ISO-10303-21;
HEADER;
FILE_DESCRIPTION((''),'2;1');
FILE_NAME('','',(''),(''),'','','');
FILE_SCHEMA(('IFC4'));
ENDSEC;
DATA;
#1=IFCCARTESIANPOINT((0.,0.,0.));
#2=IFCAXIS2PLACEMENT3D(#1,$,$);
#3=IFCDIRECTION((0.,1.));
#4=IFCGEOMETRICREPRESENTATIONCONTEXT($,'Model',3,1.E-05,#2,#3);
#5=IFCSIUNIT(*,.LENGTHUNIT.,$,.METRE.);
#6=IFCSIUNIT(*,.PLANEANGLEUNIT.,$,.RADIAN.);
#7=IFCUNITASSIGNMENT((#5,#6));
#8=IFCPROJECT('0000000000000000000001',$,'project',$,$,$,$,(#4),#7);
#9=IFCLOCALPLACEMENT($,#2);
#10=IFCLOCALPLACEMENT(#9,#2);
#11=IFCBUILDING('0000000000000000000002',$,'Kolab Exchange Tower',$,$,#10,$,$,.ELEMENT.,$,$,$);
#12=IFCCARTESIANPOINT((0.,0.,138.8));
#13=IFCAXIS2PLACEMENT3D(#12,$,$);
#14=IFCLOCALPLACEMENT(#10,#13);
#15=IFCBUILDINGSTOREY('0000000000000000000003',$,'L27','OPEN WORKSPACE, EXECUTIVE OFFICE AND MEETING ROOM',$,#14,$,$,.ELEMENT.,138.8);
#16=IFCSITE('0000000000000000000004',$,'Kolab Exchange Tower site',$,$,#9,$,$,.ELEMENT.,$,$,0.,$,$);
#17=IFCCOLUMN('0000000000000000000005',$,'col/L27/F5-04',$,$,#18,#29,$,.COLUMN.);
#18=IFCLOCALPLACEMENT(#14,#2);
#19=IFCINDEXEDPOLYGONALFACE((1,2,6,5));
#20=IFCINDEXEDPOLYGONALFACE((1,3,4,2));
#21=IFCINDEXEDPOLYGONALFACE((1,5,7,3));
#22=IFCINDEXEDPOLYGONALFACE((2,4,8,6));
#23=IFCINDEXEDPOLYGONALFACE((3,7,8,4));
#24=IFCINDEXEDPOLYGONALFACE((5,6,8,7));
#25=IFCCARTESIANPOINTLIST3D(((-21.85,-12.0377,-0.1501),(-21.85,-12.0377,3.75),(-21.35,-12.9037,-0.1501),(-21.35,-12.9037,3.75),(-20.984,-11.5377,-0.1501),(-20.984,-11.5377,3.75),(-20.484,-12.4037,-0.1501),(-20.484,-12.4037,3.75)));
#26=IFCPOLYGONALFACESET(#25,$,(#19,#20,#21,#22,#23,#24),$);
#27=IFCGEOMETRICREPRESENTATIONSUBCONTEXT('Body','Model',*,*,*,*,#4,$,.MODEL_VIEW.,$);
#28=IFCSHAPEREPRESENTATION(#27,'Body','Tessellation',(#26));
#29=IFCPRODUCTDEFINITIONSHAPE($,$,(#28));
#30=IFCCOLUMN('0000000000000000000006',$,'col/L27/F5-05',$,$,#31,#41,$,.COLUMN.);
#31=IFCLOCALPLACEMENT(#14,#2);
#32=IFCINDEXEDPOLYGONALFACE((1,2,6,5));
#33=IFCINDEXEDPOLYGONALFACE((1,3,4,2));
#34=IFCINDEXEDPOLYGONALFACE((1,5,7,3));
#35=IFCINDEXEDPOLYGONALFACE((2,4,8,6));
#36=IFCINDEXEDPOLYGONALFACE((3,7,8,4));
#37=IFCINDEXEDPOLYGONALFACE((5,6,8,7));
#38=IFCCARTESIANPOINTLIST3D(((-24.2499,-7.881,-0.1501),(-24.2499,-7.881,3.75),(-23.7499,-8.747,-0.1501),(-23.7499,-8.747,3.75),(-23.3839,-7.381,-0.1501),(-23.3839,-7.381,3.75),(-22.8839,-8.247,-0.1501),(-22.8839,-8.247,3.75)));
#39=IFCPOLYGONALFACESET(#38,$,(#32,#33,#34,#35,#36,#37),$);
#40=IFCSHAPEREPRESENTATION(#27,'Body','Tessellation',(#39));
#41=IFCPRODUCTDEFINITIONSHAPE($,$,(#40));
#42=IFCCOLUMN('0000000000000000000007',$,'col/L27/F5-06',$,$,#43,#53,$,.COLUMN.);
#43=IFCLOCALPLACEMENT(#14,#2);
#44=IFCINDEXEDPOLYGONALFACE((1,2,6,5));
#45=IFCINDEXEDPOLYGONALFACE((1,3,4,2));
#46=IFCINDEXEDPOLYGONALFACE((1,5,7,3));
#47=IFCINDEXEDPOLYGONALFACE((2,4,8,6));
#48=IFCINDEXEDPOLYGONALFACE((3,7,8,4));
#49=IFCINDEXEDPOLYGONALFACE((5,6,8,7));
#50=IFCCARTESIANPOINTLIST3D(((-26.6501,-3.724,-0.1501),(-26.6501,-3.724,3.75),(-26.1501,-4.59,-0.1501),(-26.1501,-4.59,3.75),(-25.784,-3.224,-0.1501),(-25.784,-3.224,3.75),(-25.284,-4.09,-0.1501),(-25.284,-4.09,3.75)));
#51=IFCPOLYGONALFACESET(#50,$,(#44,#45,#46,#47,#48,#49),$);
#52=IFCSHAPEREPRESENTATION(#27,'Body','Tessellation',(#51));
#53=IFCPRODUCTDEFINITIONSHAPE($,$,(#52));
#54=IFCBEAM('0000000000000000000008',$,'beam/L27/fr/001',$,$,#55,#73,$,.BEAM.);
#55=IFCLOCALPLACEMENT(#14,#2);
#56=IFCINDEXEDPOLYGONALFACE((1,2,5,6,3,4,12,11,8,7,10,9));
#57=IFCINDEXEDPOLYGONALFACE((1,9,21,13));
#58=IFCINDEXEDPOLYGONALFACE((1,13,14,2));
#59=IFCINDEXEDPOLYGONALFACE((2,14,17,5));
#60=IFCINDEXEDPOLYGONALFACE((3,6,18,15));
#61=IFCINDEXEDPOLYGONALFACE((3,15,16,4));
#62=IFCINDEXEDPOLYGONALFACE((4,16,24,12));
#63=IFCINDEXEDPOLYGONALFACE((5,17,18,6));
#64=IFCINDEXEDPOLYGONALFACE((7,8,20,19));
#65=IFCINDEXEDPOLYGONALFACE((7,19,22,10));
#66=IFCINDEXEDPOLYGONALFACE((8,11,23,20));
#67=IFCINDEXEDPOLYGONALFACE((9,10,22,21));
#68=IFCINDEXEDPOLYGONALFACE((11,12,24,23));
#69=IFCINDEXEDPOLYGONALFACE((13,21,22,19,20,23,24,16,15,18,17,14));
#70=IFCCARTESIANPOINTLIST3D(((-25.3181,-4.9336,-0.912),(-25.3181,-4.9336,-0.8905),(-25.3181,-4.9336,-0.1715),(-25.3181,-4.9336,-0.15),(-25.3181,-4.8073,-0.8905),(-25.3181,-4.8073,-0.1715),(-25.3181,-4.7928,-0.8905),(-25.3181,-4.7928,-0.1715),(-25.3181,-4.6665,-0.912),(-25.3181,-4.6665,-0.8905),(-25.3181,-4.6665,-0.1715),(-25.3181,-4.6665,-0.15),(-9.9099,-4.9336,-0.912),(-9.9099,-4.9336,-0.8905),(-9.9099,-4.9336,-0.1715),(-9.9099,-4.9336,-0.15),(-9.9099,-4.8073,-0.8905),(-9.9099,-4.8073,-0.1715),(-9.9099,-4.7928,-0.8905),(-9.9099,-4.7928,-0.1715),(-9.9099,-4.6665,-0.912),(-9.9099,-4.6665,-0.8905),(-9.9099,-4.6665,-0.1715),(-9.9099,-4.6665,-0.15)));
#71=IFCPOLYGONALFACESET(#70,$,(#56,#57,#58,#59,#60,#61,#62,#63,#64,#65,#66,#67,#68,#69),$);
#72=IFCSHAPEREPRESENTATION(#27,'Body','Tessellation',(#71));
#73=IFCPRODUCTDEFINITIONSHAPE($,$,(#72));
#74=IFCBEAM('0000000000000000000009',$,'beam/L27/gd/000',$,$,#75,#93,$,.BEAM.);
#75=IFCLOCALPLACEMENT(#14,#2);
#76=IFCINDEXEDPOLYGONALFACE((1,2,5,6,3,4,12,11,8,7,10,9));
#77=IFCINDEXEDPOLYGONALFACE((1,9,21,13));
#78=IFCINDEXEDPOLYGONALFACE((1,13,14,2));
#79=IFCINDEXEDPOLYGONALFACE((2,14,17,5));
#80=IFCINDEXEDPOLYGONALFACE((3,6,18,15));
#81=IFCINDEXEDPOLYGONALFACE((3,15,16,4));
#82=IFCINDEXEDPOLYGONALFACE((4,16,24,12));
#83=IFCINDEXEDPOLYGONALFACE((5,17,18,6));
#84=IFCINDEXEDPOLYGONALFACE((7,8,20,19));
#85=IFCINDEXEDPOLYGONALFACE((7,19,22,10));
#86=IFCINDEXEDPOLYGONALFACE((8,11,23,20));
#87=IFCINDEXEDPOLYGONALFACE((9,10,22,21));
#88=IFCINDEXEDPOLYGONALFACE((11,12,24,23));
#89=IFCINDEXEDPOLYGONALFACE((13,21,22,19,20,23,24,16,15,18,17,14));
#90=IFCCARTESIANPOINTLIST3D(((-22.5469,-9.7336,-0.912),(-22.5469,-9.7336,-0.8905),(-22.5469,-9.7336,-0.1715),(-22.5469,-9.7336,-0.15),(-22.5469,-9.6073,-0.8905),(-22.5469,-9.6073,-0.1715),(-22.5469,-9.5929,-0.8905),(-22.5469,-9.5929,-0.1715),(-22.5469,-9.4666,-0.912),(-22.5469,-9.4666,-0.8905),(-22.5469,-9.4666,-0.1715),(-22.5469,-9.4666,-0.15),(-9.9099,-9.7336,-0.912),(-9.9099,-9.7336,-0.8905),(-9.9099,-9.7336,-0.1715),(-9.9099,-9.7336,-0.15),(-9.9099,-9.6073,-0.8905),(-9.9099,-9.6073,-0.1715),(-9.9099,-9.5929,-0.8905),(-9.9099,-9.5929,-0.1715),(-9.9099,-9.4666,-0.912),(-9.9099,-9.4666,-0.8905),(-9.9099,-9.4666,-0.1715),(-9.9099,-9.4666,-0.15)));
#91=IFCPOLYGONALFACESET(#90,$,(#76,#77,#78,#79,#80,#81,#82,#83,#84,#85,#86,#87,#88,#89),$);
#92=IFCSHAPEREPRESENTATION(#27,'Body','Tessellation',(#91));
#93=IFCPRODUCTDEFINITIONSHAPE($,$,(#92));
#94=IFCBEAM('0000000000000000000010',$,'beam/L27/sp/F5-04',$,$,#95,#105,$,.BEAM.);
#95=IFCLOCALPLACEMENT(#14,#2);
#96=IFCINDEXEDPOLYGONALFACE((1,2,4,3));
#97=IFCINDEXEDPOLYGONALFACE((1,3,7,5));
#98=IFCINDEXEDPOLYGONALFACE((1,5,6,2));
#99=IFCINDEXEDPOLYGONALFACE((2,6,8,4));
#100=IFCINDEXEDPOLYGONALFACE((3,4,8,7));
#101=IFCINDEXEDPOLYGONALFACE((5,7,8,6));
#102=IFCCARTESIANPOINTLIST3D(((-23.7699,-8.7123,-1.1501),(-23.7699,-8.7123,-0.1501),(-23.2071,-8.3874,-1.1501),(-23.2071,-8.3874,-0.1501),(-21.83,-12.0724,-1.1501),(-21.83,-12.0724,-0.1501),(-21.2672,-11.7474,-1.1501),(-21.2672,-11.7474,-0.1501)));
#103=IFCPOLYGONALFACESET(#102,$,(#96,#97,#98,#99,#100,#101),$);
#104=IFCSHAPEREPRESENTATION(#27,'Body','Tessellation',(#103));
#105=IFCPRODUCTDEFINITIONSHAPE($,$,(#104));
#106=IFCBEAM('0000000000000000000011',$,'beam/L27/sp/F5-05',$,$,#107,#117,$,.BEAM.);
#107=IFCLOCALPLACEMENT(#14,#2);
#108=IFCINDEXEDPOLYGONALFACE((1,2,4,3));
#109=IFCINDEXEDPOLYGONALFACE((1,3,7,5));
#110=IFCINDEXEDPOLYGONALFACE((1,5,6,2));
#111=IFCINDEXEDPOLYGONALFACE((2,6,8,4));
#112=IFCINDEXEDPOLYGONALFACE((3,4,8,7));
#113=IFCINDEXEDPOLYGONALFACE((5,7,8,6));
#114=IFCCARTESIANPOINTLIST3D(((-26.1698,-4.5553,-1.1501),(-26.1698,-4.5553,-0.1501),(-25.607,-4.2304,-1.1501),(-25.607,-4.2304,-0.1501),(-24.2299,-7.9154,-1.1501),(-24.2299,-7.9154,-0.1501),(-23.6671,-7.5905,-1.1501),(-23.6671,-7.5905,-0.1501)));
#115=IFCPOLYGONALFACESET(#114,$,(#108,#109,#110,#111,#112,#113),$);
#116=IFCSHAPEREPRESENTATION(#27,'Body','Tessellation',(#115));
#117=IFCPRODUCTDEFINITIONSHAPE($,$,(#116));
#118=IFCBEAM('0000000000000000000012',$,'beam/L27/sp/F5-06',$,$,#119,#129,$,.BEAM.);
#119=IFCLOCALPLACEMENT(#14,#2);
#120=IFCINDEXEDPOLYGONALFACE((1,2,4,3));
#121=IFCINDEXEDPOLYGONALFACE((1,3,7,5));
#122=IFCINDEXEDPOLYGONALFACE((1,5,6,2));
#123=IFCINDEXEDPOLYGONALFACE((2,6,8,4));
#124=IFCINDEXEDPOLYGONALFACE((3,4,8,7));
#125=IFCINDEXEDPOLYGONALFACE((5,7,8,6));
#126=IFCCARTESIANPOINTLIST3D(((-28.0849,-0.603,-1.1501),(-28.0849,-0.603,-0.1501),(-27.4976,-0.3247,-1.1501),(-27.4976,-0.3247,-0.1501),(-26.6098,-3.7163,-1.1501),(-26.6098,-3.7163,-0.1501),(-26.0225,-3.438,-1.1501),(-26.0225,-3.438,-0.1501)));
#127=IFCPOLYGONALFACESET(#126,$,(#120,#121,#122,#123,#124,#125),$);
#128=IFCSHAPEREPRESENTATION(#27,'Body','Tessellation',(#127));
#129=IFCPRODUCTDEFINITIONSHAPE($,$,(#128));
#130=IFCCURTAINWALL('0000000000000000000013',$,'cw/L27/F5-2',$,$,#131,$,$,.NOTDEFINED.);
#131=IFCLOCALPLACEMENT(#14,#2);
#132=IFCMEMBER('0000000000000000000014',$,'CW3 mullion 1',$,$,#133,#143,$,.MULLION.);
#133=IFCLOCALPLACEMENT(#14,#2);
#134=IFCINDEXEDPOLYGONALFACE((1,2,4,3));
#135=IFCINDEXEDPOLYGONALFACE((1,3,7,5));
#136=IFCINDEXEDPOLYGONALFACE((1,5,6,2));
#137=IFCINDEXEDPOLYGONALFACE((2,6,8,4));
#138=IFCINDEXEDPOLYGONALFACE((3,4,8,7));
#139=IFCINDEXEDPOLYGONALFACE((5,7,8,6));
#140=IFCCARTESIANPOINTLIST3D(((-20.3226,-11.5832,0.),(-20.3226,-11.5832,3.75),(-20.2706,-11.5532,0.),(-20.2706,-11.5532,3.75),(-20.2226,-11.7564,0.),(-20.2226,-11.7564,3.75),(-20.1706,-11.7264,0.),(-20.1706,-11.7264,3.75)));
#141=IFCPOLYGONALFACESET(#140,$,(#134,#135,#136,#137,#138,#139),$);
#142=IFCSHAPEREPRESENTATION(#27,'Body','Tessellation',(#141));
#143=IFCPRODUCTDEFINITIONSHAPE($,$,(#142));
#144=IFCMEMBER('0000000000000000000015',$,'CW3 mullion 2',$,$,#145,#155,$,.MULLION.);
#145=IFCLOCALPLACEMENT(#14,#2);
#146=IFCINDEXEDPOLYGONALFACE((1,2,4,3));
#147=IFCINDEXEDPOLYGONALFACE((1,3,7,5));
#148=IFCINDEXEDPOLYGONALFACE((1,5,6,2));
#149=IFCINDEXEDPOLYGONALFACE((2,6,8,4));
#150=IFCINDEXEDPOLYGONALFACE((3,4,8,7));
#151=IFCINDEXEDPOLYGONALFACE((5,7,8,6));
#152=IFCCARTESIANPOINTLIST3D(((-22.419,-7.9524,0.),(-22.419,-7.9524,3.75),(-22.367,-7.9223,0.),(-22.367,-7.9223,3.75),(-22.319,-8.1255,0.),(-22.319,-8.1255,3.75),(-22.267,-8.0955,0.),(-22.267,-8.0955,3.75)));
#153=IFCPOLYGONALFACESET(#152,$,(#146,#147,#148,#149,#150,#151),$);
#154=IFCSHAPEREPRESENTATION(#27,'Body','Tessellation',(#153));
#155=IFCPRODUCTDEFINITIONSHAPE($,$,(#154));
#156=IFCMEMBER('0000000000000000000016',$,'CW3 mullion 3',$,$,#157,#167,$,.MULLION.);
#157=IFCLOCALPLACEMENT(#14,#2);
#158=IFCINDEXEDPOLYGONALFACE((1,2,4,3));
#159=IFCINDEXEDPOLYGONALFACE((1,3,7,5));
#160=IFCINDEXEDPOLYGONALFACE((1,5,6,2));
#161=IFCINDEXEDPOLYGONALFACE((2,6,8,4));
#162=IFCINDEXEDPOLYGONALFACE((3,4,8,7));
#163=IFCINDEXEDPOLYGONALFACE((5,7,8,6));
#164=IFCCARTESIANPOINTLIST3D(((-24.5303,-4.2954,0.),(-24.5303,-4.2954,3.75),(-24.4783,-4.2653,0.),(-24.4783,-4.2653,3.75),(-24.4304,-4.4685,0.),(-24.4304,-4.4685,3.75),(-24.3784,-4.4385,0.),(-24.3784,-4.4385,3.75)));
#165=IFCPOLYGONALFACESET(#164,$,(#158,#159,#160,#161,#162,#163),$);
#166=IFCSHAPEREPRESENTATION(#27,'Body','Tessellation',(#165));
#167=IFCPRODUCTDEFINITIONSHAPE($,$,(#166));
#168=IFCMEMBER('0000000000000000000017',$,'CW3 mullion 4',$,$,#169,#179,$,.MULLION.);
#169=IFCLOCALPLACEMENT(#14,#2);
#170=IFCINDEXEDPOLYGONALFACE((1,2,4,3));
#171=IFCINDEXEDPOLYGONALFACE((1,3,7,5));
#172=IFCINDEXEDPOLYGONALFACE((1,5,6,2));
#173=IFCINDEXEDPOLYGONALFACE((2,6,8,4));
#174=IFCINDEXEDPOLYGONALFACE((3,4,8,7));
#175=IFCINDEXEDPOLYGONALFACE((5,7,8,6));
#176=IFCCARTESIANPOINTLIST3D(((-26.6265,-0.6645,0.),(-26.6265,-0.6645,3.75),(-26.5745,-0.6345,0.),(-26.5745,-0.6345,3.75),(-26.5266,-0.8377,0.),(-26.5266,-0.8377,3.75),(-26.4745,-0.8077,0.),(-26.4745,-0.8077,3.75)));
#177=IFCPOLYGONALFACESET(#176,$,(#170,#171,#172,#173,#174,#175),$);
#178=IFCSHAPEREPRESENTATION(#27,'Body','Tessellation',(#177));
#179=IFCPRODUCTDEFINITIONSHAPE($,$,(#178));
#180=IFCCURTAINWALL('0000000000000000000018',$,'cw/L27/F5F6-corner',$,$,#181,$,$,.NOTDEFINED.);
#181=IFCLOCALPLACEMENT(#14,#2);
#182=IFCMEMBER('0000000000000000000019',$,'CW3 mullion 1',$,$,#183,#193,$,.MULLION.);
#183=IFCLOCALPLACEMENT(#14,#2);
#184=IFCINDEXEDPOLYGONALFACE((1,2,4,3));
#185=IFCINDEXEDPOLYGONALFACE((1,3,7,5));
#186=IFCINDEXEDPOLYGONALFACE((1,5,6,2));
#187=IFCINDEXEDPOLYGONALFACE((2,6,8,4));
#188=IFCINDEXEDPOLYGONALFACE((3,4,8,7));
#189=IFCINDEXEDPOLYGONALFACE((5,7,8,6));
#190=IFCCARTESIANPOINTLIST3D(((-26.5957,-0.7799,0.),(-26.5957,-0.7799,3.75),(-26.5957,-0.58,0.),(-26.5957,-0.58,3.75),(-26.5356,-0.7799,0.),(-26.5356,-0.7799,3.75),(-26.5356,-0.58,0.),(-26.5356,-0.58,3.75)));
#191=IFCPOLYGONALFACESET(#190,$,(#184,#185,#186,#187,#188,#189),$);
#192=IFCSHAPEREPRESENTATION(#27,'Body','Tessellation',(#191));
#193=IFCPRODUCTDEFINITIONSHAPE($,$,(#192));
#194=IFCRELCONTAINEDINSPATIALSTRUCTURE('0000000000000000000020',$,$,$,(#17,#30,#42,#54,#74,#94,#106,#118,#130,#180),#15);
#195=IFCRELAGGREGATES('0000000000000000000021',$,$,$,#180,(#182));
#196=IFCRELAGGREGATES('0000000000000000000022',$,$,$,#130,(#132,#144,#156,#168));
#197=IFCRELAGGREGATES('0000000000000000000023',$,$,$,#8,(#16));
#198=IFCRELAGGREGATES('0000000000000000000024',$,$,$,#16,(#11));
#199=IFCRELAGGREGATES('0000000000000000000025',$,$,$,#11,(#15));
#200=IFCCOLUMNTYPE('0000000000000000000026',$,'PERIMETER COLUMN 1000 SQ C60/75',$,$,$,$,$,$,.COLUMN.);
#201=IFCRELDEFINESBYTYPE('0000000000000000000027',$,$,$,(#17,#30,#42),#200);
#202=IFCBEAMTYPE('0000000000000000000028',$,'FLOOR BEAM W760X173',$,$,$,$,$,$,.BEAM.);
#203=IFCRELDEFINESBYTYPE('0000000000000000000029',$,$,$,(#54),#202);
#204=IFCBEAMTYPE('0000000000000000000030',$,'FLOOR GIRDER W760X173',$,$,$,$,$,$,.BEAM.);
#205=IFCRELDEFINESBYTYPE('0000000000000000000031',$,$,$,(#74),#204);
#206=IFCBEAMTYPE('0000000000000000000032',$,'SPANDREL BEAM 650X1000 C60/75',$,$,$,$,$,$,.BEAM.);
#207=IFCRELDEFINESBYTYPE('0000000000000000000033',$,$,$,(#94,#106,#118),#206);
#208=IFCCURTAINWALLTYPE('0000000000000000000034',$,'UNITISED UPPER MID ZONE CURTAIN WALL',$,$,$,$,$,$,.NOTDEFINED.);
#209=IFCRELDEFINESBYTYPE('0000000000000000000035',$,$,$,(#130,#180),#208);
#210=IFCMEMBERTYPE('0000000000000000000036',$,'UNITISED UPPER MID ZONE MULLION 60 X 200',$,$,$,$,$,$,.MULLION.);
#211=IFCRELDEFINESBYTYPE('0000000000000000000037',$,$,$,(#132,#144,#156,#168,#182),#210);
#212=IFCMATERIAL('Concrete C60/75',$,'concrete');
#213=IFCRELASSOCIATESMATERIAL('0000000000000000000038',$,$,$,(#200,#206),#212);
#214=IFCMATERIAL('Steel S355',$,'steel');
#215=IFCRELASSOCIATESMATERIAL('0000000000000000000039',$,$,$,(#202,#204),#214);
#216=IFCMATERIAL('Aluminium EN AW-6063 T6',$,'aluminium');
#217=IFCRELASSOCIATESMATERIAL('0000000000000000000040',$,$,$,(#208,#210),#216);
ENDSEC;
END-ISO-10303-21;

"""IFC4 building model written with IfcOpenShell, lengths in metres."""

from ifc_helpers import new_model, si_unit, direction, frame, origin, origin_2d, place, context, subcontext, project, spatial, rectangle, i_section, extrude, material, material_profile, profile_set, type_object, element, aggregate, save


model = new_model("IFC4")

# Units and contexts
model_context = context("Model", 3, precision=1e-05, world=origin(), true_north=direction((0.0, 1.0)))
body_context = subcontext(model_context, "Body", "Model", "MODEL_VIEW")
ifc_project = project(units=[si_unit("LENGTHUNIT", "METRE"), si_unit("PLANEANGLEUNIT", "RADIAN")], contexts=[model_context])

# Site, building, storey
site_placement = place(None, origin())
site = spatial("IfcSite", under=ifc_project, at=site_placement, Name="Kolab Exchange Tower site", CompositionType="ELEMENT", RefElevation=0.0)
building_placement = place(site_placement, origin())
building = spatial("IfcBuilding", under=site, at=building_placement, Name="Kolab Exchange Tower", CompositionType="ELEMENT")
storey_placement = place(building_placement, frame((0.0, 0.0, 138.8)))
storey = spatial("IfcBuildingStorey", under=building, at=storey_placement, Name="L27", Description="OPEN WORKSPACE, EXECUTIVE OFFICE AND MEETING ROOM", CompositionType="ELEMENT", Elevation=138.8)

# Columns
ifc_material_1 = material(Name="Concrete C60/75", Category="concrete")
ifc_material_profile_1 = material_profile(ifc_material_1, rectangle(XDim=1.0, YDim=1.0, at=origin_2d()), Name="RC1000")
ifc_profile_set_1 = profile_set([ifc_material_profile_1], Name="Concrete C60/75")
column_type = type_object("IfcColumnType", Name="PERIMETER COLUMN 1000 SQ C60/75", PredefinedType="COLUMN", material=ifc_profile_set_1)
for number, where, z_axis, x_axis, name in (
    (1, (-21.167, -12.2207, -0.1501), (0.0, 0.0, 1.0), (0.866025, 0.5, 0.0), "col/L27/F5-04"),
    (2, (-23.5669, -8.064, -0.1501), (0.0, 0.0, 1.0), (0.866025, 0.5, 0.0), "col/L27/F5-05"),
    (3, (-25.967, -3.907, -0.1501), (0.0, 0.0, 1.0), (0.866025, 0.5, 0.0), "col/L27/F5-06"),
):
    element("IfcColumn", number, at=place(storey_placement, frame(where, z_axis=z_axis, x_axis=x_axis)), inside=storey, type_object=column_type, Name=name, PredefinedType="COLUMN", context=body_context, shape_type="SweptSolid", body=[
        extrude(rectangle(XDim=1.0, YDim=1.0, at=origin_2d()), origin(), (0.0, 0.0, 1.0), 3.9001),
    ])

# Beams
ifc_material_2 = material(Name="Steel S355", Category="steel")
ifc_material_profile_2 = material_profile(ifc_material_2, i_section(OverallWidth=0.2671, OverallDepth=0.762, WebThickness=0.0144, FlangeThickness=0.0215, at=origin_2d()), Name="W760X173")
ifc_profile_set_2 = profile_set([ifc_material_profile_2], Name="Steel S355")
beam_type_1 = type_object("IfcBeamType", Name="FLOOR BEAM W760X173", PredefinedType="BEAM", material=ifc_profile_set_2)
beam_1_placement = place(storey_placement, frame((-25.3181, -4.8, -0.531), z_axis=(1.0, 0.0, 0.0), x_axis=(0.0, 1.0, 0.0)))
element("IfcBeam", 4, at=beam_1_placement, inside=storey, type_object=beam_type_1, Name="beam/L27/fr/001", PredefinedType="BEAM", context=body_context, shape_type="SweptSolid", body=[
    extrude(i_section(OverallWidth=0.2671, OverallDepth=0.762, WebThickness=0.0144, FlangeThickness=0.0215, at=origin_2d()), origin(), (0.0, 0.0, 1.0), 15.4082),
])
ifc_material_profile_3 = material_profile(ifc_material_2, i_section(OverallWidth=0.2671, OverallDepth=0.762, WebThickness=0.0144, FlangeThickness=0.0215, at=origin_2d()), Name="W760X173")
ifc_profile_set_3 = profile_set([ifc_material_profile_3], Name="Steel S355")
beam_type_2 = type_object("IfcBeamType", Name="FLOOR GIRDER W760X173", PredefinedType="BEAM", material=ifc_profile_set_3)
beam_2_placement = place(storey_placement, frame((-22.5469, -9.6001, -0.531), z_axis=(1.0, 0.0, 0.0), x_axis=(0.0, 1.0, 0.0)))
element("IfcBeam", 5, at=beam_2_placement, inside=storey, type_object=beam_type_2, Name="beam/L27/gd/000", PredefinedType="BEAM", context=body_context, shape_type="SweptSolid", body=[
    extrude(i_section(OverallWidth=0.2671, OverallDepth=0.762, WebThickness=0.0144, FlangeThickness=0.0215, at=origin_2d()), origin(), (0.0, 0.0, 1.0), 12.637),
])
ifc_material_profile_4 = material_profile(ifc_material_1, rectangle(XDim=0.6499, YDim=1.0, at=origin_2d()), Name="RC650X1000")
ifc_profile_set_4 = profile_set([ifc_material_profile_4], Name="Concrete C60/75")
beam_type_3 = type_object("IfcBeamType", Name="SPANDREL BEAM 650X1000 C60/75", PredefinedType="BEAM", material=ifc_profile_set_4)
for number, where, z_axis, x_axis, name in (
    (6, (-21.5486, -11.9099, -0.6501), (-0.499997, 0.866027, 0.0), (-0.866027, -0.499997, 0.0), "beam/L27/sp/F5-04"),
    (7, (-23.9485, -7.7529, -0.6501), (-0.499997, 0.866027, 0.0), (-0.866027, -0.499997, 0.0), "beam/L27/sp/F5-05"),
):
    element("IfcBeam", number, at=place(storey_placement, frame(where, z_axis=z_axis, x_axis=x_axis)), inside=storey, type_object=beam_type_3, Name=name, PredefinedType="BEAM", context=body_context, shape_type="SweptSolid", body=[
        extrude(rectangle(XDim=0.6499, YDim=1.0, at=origin_2d()), origin(), (0.0, 0.0, 1.0), 3.8799),
    ])
beam_3_placement = place(storey_placement, frame((-26.3162, -3.5771, -0.6501), z_axis=(-0.428178, 0.903695, 0.0), x_axis=(-0.903695, -0.428178, 0.0)))
element("IfcBeam", 8, at=beam_3_placement, inside=storey, type_object=beam_type_3, Name="beam/L27/sp/F5-06", PredefinedType="BEAM", context=body_context, shape_type="SweptSolid", body=[
    extrude(rectangle(XDim=0.6499, YDim=1.0, at=origin_2d()), origin(), (0.0, 0.0, 1.0), 3.4451),
])

# Curtain wall, members
ifc_material_3 = material(Name="Aluminium EN AW-6063 T6", Category="aluminium")
curtain_wall_type = type_object("IfcCurtainWallType", Name="UNITISED UPPER MID ZONE CURTAIN WALL", PredefinedType="NOTDEFINED", material=ifc_material_3)
curtain_wall_1_placement = place(storey_placement, origin())
curtain_wall_1 = element("IfcCurtainWall", 9, at=curtain_wall_1_placement, inside=storey, type_object=curtain_wall_type, Name="cw/L27/F5-2", PredefinedType="NOTDEFINED")
ifc_material_profile_5 = material_profile(ifc_material_3, rectangle(XDim=0.0601, YDim=0.2, at=origin_2d()), Name="RECT 60X200")
ifc_profile_set_5 = profile_set([ifc_material_profile_5], Name="Aluminium EN AW-6063 T6")
member_type_1 = type_object("IfcMemberType", Name="UNITISED UPPER MID ZONE MULLION 60 X 200", PredefinedType="MULLION", material=ifc_profile_set_5)
member_1_placement = place(storey_placement, frame((-20.2466, -11.6548, 0.0), z_axis=(0.0, 0.0, 1.0), x_axis=(-0.866025, -0.5, 0.0)))
member_1 = element("IfcMember", 10, at=member_1_placement, type_object=member_type_1, Name="CW3 mullion 1", PredefinedType="MULLION", context=body_context, shape_type="SweptSolid", body=[
    extrude(rectangle(XDim=0.0601, YDim=0.2, at=origin_2d()), origin(), (0.0, 0.0, 1.0), 3.75),
])
member_2_placement = place(storey_placement, frame((-22.343, -8.0239, 0.0), z_axis=(0.0, 0.0, 1.0), x_axis=(-0.866025, -0.5, 0.0)))
member_2 = element("IfcMember", 11, at=member_2_placement, type_object=member_type_1, Name="CW3 mullion 2", PredefinedType="MULLION", context=body_context, shape_type="SweptSolid", body=[
    extrude(rectangle(XDim=0.0601, YDim=0.2, at=origin_2d()), origin(), (0.0, 0.0, 1.0), 3.75),
])
member_3_placement = place(storey_placement, frame((-24.4543, -4.3669, 0.0), z_axis=(0.0, 0.0, 1.0), x_axis=(-0.866025, -0.5, 0.0)))
member_3 = element("IfcMember", 12, at=member_3_placement, type_object=member_type_1, Name="CW3 mullion 3", PredefinedType="MULLION", context=body_context, shape_type="SweptSolid", body=[
    extrude(rectangle(XDim=0.0601, YDim=0.2, at=origin_2d()), origin(), (0.0, 0.0, 1.0), 3.75),
])
member_4_placement = place(storey_placement, frame((-26.5505, -0.7361, 0.0), z_axis=(0.0, 0.0, 1.0), x_axis=(-0.866025, -0.5, 0.0)))
member_4 = element("IfcMember", 13, at=member_4_placement, type_object=member_type_1, Name="CW3 mullion 4", PredefinedType="MULLION", context=body_context, shape_type="SweptSolid", body=[
    extrude(rectangle(XDim=0.0601, YDim=0.2, at=origin_2d()), origin(), (0.0, 0.0, 1.0), 3.75),
])

# Curtain wall, member
curtain_wall_2_placement = place(storey_placement, origin())
curtain_wall_2 = element("IfcCurtainWall", 14, at=curtain_wall_2_placement, inside=storey, type_object=curtain_wall_type, Name="cw/L27/F5F6-corner", PredefinedType="NOTDEFINED")
member_5_placement = place(storey_placement, frame((-26.5657, -0.6799, 0.0), z_axis=(0.0, 0.0, 1.0), x_axis=(-1.0, 0.0, 0.0)))
member_5 = element("IfcMember", 15, at=member_5_placement, type_object=member_type_1, Name="CW3 mullion 1", PredefinedType="MULLION", context=body_context, shape_type="SweptSolid", body=[
    extrude(rectangle(XDim=0.0601, YDim=0.2, at=origin_2d()), origin(), (0.0, 0.0, 1.0), 3.75),
])
aggregate(curtain_wall_2, [member_5])

aggregate(curtain_wall_1, [member_1, member_2, member_3, member_4])

save(model, "model.ifc")
